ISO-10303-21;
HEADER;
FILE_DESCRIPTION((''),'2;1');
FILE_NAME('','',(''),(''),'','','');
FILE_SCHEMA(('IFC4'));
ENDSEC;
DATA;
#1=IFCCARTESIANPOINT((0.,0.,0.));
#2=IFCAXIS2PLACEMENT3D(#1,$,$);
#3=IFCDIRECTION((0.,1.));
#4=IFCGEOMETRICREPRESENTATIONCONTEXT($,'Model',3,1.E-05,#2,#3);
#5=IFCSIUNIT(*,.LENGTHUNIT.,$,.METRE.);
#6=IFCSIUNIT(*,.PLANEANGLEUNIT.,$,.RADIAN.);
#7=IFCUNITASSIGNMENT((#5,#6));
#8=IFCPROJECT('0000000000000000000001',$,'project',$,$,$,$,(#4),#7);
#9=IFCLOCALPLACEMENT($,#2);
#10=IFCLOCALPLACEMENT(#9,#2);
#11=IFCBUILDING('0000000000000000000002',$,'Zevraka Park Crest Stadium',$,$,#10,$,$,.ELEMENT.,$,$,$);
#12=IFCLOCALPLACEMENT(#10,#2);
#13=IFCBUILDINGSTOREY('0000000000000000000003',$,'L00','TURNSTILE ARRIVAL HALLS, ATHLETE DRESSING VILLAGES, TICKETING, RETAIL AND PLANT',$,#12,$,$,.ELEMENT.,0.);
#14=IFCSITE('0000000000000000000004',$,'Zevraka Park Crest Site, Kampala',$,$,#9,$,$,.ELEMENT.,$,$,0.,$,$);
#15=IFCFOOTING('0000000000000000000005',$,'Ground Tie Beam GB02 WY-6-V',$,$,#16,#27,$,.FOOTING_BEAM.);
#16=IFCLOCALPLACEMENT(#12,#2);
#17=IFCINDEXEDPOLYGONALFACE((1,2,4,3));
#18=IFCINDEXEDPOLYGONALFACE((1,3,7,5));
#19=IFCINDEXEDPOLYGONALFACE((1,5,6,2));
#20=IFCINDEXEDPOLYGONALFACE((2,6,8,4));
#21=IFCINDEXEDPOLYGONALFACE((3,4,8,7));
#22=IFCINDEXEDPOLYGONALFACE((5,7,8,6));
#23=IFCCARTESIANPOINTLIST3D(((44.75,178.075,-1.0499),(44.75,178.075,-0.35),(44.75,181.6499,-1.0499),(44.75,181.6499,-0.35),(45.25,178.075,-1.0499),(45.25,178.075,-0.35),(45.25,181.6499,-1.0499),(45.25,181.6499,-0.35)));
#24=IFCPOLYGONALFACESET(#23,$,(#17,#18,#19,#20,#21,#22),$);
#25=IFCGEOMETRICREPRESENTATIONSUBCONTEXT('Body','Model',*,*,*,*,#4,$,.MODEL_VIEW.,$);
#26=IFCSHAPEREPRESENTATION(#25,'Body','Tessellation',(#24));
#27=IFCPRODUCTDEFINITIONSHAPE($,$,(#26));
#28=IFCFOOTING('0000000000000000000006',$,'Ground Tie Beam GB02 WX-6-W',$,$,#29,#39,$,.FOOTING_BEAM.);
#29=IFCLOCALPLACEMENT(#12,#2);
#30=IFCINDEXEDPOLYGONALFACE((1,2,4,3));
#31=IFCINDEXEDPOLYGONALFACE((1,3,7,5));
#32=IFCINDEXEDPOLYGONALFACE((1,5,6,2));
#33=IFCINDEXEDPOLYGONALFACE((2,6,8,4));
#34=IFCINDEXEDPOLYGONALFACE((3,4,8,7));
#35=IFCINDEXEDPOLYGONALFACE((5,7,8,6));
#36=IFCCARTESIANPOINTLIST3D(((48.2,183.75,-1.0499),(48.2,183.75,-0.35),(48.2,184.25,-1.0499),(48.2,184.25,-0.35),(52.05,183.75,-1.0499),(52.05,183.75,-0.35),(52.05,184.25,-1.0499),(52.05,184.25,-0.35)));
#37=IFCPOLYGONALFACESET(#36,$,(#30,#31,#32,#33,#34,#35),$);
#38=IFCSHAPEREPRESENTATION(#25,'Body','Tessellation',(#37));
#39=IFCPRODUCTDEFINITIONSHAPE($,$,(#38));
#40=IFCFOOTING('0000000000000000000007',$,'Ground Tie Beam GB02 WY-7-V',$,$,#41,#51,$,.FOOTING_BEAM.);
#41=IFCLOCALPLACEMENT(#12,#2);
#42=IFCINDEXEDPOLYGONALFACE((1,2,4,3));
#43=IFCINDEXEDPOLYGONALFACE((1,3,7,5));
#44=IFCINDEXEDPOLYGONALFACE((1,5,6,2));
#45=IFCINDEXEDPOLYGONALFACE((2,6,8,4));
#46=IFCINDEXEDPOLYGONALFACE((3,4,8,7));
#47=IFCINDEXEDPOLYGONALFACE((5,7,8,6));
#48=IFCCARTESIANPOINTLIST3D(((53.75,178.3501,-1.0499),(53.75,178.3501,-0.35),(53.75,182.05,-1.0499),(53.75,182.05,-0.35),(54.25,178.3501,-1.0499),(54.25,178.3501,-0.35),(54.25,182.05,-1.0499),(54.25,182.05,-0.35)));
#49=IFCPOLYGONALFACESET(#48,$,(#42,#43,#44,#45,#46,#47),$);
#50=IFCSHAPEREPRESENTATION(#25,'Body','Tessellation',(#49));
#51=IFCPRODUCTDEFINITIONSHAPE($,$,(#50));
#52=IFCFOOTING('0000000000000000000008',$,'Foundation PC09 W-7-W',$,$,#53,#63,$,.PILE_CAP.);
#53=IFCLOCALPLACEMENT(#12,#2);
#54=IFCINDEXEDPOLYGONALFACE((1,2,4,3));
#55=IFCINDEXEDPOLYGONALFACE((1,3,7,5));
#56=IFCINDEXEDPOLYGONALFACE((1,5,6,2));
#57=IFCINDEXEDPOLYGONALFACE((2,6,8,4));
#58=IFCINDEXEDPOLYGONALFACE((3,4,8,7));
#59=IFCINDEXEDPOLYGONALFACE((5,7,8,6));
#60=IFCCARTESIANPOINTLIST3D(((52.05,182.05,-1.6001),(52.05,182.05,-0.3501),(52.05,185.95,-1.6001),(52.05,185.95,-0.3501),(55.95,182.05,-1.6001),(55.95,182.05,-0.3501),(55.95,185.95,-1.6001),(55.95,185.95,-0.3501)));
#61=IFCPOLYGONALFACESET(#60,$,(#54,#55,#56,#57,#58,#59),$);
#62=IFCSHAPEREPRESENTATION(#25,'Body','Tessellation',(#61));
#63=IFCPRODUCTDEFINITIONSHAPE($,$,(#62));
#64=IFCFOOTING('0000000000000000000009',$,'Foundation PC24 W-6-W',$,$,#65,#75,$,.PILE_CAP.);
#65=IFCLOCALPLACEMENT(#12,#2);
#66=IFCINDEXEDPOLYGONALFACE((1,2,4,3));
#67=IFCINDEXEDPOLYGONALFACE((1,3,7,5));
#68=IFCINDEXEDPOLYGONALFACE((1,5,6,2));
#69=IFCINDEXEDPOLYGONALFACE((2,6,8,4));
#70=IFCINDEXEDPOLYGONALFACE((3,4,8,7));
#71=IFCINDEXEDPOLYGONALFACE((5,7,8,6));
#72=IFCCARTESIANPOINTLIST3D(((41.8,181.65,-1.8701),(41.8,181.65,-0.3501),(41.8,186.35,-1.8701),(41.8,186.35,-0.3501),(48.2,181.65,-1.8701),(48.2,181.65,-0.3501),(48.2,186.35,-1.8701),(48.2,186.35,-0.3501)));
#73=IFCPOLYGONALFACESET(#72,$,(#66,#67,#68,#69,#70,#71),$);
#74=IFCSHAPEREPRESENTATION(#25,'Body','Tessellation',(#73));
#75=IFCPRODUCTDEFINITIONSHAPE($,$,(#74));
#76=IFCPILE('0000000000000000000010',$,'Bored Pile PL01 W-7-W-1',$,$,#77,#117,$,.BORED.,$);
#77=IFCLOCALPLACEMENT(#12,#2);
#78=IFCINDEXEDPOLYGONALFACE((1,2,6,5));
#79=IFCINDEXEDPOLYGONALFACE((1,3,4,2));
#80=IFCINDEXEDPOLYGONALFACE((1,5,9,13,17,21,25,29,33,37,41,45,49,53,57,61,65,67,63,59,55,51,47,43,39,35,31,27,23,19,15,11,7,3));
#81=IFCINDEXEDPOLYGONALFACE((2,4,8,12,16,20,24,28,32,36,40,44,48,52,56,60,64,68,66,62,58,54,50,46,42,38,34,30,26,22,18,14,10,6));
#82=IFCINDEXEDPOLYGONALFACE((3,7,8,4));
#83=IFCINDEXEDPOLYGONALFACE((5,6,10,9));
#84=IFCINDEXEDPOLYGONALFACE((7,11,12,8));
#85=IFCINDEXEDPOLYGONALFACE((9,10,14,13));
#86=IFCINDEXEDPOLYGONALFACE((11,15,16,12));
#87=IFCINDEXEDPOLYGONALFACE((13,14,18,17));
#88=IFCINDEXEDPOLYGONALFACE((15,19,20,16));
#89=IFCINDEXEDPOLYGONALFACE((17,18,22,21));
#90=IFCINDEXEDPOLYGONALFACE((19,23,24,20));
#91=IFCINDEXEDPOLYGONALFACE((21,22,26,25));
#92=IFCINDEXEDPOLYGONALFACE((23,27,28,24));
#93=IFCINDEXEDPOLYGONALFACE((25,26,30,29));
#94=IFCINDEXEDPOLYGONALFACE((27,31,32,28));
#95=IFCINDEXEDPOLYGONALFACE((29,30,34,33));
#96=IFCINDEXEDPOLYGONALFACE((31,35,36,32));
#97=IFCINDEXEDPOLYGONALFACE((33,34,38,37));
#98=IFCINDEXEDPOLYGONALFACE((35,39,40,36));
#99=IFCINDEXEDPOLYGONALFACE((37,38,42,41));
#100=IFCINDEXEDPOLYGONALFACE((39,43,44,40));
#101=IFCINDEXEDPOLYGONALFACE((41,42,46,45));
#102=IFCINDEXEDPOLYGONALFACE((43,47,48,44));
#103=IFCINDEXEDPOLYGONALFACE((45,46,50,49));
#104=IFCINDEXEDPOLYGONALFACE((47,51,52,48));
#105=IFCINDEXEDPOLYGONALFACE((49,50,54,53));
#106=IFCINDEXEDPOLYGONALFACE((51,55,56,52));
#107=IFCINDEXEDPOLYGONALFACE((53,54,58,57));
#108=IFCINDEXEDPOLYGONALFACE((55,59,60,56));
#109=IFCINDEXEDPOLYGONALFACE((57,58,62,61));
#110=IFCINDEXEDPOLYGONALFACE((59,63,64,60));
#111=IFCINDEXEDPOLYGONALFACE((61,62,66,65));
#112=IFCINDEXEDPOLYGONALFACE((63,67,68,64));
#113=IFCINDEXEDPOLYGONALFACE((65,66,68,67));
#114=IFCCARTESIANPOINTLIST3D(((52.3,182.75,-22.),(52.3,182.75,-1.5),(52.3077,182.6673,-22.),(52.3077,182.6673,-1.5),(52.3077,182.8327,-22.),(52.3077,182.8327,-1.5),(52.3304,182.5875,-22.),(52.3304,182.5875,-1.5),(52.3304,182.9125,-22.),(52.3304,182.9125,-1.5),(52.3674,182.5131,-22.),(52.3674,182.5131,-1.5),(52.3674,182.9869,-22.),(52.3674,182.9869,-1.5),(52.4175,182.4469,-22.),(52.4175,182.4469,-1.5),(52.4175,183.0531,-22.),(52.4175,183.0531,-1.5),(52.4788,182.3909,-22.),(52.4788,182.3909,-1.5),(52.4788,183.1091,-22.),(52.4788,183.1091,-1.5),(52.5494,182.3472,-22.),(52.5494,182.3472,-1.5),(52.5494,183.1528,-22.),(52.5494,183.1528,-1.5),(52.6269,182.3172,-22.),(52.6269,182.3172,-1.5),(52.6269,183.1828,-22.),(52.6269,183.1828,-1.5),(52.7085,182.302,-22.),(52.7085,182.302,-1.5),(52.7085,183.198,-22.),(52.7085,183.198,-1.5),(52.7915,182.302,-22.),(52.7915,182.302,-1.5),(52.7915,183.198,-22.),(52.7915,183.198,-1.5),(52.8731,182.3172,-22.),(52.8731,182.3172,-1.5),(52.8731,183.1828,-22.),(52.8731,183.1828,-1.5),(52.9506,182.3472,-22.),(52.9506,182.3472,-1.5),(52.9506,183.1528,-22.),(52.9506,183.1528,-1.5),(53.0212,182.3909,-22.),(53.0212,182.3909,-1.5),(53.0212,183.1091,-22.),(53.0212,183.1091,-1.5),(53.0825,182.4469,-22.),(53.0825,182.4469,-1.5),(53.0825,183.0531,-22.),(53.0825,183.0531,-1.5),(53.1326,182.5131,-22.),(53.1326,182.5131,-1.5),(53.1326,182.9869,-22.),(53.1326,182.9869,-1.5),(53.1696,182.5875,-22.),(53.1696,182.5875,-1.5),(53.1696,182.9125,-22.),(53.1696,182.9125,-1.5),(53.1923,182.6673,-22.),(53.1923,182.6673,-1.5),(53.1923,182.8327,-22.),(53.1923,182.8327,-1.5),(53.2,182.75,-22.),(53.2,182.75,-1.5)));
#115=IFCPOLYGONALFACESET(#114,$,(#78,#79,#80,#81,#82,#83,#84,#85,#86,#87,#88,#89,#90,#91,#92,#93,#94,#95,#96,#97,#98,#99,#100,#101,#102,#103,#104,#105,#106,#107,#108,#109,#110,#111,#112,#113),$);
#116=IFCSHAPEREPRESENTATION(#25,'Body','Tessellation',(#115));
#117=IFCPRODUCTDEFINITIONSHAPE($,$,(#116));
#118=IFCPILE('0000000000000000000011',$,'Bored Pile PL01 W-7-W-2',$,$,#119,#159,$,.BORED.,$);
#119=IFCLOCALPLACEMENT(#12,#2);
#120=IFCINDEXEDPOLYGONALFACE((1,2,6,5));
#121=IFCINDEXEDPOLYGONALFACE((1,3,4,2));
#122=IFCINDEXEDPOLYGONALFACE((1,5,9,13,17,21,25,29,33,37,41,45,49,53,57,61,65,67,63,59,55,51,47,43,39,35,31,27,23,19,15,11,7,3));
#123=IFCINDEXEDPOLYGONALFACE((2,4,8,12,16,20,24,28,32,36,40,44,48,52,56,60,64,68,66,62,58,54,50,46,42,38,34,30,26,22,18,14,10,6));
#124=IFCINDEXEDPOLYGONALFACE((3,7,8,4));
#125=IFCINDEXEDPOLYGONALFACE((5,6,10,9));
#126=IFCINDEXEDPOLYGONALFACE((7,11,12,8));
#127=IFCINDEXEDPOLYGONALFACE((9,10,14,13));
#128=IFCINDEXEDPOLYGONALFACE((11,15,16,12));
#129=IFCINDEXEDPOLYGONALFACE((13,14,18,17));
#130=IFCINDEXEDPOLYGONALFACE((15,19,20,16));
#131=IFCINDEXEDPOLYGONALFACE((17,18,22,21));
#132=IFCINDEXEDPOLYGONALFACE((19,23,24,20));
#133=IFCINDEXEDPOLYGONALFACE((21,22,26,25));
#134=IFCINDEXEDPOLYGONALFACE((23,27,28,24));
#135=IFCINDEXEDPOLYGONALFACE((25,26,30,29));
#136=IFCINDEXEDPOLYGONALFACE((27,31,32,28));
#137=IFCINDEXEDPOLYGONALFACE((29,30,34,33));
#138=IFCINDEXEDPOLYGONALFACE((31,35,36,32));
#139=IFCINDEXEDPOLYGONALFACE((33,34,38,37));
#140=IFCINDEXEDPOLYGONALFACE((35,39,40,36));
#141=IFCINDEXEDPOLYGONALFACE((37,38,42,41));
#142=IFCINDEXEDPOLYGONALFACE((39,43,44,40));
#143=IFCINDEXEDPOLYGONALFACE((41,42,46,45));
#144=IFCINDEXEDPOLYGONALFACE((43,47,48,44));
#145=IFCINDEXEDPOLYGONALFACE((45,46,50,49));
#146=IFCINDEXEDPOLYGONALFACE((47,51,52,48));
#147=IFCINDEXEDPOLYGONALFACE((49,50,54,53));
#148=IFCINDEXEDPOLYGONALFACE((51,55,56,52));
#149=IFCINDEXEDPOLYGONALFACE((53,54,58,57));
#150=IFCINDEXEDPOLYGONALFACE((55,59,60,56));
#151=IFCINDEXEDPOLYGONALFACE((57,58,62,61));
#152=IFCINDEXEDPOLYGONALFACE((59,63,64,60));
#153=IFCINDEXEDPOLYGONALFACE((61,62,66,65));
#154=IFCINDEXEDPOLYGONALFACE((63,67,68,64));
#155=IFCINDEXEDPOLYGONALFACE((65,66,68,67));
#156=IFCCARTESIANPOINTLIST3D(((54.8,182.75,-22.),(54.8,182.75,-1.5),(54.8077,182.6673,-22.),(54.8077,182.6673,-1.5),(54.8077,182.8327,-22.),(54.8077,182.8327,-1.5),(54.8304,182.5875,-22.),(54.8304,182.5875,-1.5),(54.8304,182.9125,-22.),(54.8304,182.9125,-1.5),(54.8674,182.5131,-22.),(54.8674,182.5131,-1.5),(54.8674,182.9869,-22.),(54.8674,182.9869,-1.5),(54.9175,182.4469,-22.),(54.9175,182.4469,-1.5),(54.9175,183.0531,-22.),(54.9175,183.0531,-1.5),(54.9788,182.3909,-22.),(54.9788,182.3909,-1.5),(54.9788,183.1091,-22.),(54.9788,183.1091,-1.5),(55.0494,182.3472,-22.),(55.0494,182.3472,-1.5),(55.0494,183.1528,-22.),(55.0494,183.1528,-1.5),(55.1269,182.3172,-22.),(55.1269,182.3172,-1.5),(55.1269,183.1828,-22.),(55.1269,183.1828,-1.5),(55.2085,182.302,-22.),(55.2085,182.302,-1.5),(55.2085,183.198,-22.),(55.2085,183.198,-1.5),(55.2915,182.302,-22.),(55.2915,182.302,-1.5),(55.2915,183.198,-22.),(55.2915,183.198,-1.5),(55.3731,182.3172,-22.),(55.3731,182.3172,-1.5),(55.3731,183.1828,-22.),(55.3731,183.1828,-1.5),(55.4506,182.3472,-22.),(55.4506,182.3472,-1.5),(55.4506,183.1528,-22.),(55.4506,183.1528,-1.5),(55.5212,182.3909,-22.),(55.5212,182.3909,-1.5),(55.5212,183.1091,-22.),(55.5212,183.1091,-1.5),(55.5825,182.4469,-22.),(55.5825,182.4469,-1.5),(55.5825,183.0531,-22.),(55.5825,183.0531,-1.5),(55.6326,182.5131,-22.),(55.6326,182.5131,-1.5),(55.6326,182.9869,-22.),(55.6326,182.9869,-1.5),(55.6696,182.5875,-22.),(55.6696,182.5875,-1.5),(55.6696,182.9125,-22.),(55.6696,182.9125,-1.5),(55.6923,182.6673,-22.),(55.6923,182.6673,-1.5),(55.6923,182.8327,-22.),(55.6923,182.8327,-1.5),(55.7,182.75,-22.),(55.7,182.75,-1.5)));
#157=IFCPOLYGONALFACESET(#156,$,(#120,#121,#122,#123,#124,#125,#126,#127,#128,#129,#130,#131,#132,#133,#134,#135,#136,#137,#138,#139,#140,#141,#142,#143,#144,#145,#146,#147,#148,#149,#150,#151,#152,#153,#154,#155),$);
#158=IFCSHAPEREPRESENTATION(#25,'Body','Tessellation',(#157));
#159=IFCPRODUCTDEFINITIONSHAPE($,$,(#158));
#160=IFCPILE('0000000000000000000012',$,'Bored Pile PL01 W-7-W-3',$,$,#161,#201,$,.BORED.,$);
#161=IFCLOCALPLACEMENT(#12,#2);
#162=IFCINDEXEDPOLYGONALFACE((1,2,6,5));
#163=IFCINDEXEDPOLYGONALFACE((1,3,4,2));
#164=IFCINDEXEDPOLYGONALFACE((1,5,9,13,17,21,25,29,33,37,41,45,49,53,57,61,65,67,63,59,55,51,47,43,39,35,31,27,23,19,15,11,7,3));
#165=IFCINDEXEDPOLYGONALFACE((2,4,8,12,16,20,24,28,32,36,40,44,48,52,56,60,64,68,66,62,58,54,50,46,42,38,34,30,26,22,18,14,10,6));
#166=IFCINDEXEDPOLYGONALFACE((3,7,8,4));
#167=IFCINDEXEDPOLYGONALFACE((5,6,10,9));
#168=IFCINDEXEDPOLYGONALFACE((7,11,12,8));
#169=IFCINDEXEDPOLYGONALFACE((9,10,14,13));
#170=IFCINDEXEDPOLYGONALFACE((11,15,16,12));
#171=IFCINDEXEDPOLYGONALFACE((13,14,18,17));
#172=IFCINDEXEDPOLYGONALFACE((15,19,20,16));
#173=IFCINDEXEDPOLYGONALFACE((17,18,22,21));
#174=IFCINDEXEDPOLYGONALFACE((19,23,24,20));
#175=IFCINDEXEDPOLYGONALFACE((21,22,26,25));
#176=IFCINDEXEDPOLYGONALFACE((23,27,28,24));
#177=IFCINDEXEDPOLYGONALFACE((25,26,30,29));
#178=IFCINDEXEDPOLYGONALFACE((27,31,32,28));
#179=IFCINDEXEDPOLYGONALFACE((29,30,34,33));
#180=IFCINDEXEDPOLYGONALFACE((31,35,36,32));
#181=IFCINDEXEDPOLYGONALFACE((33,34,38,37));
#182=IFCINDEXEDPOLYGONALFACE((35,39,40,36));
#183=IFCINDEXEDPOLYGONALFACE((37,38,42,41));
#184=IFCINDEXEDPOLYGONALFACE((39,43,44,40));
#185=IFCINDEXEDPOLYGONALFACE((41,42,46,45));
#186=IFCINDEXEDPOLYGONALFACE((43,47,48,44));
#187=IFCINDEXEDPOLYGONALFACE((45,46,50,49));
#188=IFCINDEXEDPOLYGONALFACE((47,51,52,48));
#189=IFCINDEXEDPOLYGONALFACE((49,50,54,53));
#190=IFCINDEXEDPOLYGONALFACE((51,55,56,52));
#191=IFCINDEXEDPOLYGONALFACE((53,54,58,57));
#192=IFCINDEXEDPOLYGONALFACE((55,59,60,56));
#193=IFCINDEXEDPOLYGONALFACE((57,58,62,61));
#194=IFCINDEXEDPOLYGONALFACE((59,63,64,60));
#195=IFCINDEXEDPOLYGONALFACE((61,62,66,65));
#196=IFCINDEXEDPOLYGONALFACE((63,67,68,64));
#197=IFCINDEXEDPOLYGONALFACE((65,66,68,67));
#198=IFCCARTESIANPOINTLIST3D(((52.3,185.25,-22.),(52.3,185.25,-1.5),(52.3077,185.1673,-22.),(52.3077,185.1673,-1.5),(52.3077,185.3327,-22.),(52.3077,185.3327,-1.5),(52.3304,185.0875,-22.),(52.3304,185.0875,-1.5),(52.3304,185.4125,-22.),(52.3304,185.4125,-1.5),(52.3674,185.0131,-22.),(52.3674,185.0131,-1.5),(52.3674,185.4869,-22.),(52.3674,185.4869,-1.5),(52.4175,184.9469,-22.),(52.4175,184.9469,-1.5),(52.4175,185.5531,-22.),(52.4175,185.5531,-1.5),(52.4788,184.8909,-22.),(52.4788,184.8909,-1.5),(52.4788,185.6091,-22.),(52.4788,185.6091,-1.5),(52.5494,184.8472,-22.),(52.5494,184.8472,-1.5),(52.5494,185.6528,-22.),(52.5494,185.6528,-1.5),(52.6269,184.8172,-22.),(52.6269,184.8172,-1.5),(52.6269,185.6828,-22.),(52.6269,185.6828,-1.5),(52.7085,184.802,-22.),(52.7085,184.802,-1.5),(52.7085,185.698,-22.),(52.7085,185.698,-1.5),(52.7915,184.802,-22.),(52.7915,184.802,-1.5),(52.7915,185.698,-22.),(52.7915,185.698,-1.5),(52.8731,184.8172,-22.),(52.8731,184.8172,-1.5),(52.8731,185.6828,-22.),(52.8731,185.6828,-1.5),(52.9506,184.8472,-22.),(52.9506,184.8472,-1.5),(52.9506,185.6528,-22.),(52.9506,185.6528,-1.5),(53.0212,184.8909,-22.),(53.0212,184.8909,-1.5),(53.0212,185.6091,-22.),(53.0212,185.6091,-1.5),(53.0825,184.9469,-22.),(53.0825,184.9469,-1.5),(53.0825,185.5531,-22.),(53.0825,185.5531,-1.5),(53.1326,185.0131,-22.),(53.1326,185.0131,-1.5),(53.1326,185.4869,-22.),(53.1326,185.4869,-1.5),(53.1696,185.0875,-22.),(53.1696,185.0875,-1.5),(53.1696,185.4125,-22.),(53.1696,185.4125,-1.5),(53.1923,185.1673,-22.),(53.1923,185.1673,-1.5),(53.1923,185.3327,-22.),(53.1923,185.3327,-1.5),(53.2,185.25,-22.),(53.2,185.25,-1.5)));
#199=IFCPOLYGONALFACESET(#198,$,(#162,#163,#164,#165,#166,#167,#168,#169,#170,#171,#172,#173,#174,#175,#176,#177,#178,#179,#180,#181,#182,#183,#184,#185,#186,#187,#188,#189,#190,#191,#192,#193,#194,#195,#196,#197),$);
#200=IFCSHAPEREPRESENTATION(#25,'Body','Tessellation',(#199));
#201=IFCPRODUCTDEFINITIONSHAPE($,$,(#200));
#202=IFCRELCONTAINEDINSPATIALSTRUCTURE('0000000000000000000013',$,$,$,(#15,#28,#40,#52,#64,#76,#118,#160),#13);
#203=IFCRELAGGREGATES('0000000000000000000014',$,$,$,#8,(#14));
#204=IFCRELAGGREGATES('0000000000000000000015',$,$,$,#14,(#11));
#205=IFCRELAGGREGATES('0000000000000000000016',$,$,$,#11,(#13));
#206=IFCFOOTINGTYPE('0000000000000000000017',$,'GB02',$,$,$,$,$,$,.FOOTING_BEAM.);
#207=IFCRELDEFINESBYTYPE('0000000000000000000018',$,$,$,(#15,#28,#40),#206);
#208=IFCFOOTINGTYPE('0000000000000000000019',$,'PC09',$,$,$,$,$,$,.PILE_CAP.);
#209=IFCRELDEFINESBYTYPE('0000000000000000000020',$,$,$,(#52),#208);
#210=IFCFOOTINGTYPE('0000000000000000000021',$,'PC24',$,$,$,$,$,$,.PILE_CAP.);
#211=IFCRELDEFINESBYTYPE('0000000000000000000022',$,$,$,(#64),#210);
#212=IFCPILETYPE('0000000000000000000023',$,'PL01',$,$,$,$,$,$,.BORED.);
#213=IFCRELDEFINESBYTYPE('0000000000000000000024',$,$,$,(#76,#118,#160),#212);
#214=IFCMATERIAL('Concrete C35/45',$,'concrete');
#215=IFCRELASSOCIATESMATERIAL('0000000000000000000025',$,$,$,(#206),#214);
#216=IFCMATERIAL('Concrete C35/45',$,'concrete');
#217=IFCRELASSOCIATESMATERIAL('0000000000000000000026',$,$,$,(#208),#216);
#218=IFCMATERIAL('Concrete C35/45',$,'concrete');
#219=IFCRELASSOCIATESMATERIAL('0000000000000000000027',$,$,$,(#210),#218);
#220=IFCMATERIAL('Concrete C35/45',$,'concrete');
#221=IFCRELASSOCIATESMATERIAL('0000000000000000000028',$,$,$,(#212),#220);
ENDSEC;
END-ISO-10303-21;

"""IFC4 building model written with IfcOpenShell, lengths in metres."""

from ifc_helpers import new_model, si_unit, direction, frame, origin, origin_2d, place, context, subcontext, project, spatial, rectangle, circle, extrude, material, material_profile, profile_set, type_object, element, save


model = new_model("IFC4")

# Units and contexts
model_context = context("Model", 3, precision=1e-05, world=origin(), true_north=direction((0.0, 1.0)))
body_context = subcontext(model_context, "Body", "Model", "MODEL_VIEW")
ifc_project = project(units=[si_unit("LENGTHUNIT", "METRE"), si_unit("PLANEANGLEUNIT", "RADIAN")], contexts=[model_context])

# Site, building, storey
site_placement = place(None, origin())
site = spatial("IfcSite", under=ifc_project, at=site_placement, Name="Zevraka Park Crest Site, Kampala", CompositionType="ELEMENT", RefElevation=0.0)
building_placement = place(site_placement, origin())
building = spatial("IfcBuilding", under=site, at=building_placement, Name="Zevraka Park Crest Stadium", CompositionType="ELEMENT")
storey_placement = place(building_placement, origin())
storey = spatial("IfcBuildingStorey", under=building, at=storey_placement, Name="L00", Description="TURNSTILE ARRIVAL HALLS, ATHLETE DRESSING VILLAGES, TICKETING, RETAIL AND PLANT", CompositionType="ELEMENT", Elevation=0.0)

# Footings
ifc_material_1 = material(Name="Concrete C35/45", Category="concrete")
ifc_material_profile_1 = material_profile(ifc_material_1, rectangle(XDim=0.5, YDim=0.7, at=origin_2d()), Name="GB 700x500")
ifc_profile_set_1 = profile_set([ifc_material_profile_1], Name="Concrete C35/45")
footing_type_1 = type_object("IfcFootingType", Name="GB02", PredefinedType="FOOTING_BEAM", material=ifc_profile_set_1)
footing_1_placement = place(storey_placement, frame((45.0, 178.075, -0.7), z_axis=(0.0, 1.0, 0.0), x_axis=(-1.0, 0.0, 0.0)))
element("IfcFooting", 1, at=footing_1_placement, inside=storey, type_object=footing_type_1, Name="Ground Tie Beam GB02 WY-6-V", PredefinedType="FOOTING_BEAM", context=body_context, shape_type="SweptSolid", body=[
    extrude(rectangle(XDim=0.5, YDim=0.7, at=origin_2d()), origin(), (0.0, 0.0, 1.0), 3.575),
])
footing_2_placement = place(storey_placement, frame((48.2, 184.0, -0.7), z_axis=(1.0, 0.0, 0.0), x_axis=(0.0, 1.0, 0.0)))
element("IfcFooting", 2, at=footing_2_placement, inside=storey, type_object=footing_type_1, Name="Ground Tie Beam GB02 WX-6-W", PredefinedType="FOOTING_BEAM", context=body_context, shape_type="SweptSolid", body=[
    extrude(rectangle(XDim=0.5, YDim=0.7, at=origin_2d()), origin(), (0.0, 0.0, 1.0), 3.8501),
])
footing_3_placement = place(storey_placement, frame((54.0, 178.3501, -0.7), z_axis=(0.0, 1.0, 0.0), x_axis=(-1.0, 0.0, 0.0)))
element("IfcFooting", 3, at=footing_3_placement, inside=storey, type_object=footing_type_1, Name="Ground Tie Beam GB02 WY-7-V", PredefinedType="FOOTING_BEAM", context=body_context, shape_type="SweptSolid", body=[
    extrude(rectangle(XDim=0.5, YDim=0.7, at=origin_2d()), origin(), (0.0, 0.0, 1.0), 3.7),
])
ifc_material_2 = material(Name="Concrete C35/45", Category="concrete")
footing_type_2 = type_object("IfcFootingType", Name="PC09", PredefinedType="PILE_CAP", material=ifc_material_2)
footing_4_placement = place(storey_placement, frame((54.0, 184.0, -1.6001), z_axis=(0.0, 0.0, 1.0), x_axis=(1.0, 0.0, 0.0)))
element("IfcFooting", 4, at=footing_4_placement, inside=storey, type_object=footing_type_2, Name="Foundation PC09 W-7-W", PredefinedType="PILE_CAP", context=body_context, shape_type="SweptSolid", body=[
    extrude(rectangle(XDim=3.8999, YDim=3.8999, at=origin_2d()), origin(), (0.0, 0.0, 1.0), 1.25),
])
ifc_material_3 = material(Name="Concrete C35/45", Category="concrete")
footing_type_3 = type_object("IfcFootingType", Name="PC24", PredefinedType="PILE_CAP", material=ifc_material_3)
footing_5_placement = place(storey_placement, frame((45.0, 184.0, -1.8701), z_axis=(0.0, 0.0, 1.0), x_axis=(1.0, 0.0, 0.0)))
element("IfcFooting", 5, at=footing_5_placement, inside=storey, type_object=footing_type_3, Name="Foundation PC24 W-6-W", PredefinedType="PILE_CAP", context=body_context, shape_type="SweptSolid", body=[
    extrude(rectangle(XDim=6.3999, YDim=4.7, at=origin_2d()), origin(), (0.0, 0.0, 1.0), 1.52),
])

# Piles
ifc_material_4 = material(Name="Concrete C35/45", Category="concrete")
ifc_material_profile_2 = material_profile(ifc_material_4, circle(Radius=0.45, at=origin_2d()), Name="PILE D900")
ifc_profile_set_2 = profile_set([ifc_material_profile_2], Name="Concrete C35/45")
pile_type_1 = type_object("IfcPileType", Name="PL01", PredefinedType="BORED", material=ifc_profile_set_2)
for number, where, z_axis, x_axis, name in (
    (6, (52.75, 182.75, -1.5), (0.0, 0.0, -1.0), (1.0, 0.0, 0.0), "Bored Pile PL01 W-7-W-1"),
    (7, (55.25, 182.75, -1.5), (0.0, 0.0, -1.0), (1.0, 0.0, 0.0), "Bored Pile PL01 W-7-W-2"),
    (8, (52.75, 185.25, -1.5), (0.0, 0.0, -1.0), (1.0, 0.0, 0.0), "Bored Pile PL01 W-7-W-3"),
):
    element("IfcPile", number, at=place(storey_placement, frame(where, z_axis=z_axis, x_axis=x_axis)), inside=storey, type_object=pile_type_1, Name=name, PredefinedType="BORED", context=body_context, shape_type="SweptSolid", body=[
        extrude(circle(Radius=0.45, at=origin_2d()), origin(), (0.0, 0.0, 1.0), 20.5),
    ])

save(model, "model.ifc")
